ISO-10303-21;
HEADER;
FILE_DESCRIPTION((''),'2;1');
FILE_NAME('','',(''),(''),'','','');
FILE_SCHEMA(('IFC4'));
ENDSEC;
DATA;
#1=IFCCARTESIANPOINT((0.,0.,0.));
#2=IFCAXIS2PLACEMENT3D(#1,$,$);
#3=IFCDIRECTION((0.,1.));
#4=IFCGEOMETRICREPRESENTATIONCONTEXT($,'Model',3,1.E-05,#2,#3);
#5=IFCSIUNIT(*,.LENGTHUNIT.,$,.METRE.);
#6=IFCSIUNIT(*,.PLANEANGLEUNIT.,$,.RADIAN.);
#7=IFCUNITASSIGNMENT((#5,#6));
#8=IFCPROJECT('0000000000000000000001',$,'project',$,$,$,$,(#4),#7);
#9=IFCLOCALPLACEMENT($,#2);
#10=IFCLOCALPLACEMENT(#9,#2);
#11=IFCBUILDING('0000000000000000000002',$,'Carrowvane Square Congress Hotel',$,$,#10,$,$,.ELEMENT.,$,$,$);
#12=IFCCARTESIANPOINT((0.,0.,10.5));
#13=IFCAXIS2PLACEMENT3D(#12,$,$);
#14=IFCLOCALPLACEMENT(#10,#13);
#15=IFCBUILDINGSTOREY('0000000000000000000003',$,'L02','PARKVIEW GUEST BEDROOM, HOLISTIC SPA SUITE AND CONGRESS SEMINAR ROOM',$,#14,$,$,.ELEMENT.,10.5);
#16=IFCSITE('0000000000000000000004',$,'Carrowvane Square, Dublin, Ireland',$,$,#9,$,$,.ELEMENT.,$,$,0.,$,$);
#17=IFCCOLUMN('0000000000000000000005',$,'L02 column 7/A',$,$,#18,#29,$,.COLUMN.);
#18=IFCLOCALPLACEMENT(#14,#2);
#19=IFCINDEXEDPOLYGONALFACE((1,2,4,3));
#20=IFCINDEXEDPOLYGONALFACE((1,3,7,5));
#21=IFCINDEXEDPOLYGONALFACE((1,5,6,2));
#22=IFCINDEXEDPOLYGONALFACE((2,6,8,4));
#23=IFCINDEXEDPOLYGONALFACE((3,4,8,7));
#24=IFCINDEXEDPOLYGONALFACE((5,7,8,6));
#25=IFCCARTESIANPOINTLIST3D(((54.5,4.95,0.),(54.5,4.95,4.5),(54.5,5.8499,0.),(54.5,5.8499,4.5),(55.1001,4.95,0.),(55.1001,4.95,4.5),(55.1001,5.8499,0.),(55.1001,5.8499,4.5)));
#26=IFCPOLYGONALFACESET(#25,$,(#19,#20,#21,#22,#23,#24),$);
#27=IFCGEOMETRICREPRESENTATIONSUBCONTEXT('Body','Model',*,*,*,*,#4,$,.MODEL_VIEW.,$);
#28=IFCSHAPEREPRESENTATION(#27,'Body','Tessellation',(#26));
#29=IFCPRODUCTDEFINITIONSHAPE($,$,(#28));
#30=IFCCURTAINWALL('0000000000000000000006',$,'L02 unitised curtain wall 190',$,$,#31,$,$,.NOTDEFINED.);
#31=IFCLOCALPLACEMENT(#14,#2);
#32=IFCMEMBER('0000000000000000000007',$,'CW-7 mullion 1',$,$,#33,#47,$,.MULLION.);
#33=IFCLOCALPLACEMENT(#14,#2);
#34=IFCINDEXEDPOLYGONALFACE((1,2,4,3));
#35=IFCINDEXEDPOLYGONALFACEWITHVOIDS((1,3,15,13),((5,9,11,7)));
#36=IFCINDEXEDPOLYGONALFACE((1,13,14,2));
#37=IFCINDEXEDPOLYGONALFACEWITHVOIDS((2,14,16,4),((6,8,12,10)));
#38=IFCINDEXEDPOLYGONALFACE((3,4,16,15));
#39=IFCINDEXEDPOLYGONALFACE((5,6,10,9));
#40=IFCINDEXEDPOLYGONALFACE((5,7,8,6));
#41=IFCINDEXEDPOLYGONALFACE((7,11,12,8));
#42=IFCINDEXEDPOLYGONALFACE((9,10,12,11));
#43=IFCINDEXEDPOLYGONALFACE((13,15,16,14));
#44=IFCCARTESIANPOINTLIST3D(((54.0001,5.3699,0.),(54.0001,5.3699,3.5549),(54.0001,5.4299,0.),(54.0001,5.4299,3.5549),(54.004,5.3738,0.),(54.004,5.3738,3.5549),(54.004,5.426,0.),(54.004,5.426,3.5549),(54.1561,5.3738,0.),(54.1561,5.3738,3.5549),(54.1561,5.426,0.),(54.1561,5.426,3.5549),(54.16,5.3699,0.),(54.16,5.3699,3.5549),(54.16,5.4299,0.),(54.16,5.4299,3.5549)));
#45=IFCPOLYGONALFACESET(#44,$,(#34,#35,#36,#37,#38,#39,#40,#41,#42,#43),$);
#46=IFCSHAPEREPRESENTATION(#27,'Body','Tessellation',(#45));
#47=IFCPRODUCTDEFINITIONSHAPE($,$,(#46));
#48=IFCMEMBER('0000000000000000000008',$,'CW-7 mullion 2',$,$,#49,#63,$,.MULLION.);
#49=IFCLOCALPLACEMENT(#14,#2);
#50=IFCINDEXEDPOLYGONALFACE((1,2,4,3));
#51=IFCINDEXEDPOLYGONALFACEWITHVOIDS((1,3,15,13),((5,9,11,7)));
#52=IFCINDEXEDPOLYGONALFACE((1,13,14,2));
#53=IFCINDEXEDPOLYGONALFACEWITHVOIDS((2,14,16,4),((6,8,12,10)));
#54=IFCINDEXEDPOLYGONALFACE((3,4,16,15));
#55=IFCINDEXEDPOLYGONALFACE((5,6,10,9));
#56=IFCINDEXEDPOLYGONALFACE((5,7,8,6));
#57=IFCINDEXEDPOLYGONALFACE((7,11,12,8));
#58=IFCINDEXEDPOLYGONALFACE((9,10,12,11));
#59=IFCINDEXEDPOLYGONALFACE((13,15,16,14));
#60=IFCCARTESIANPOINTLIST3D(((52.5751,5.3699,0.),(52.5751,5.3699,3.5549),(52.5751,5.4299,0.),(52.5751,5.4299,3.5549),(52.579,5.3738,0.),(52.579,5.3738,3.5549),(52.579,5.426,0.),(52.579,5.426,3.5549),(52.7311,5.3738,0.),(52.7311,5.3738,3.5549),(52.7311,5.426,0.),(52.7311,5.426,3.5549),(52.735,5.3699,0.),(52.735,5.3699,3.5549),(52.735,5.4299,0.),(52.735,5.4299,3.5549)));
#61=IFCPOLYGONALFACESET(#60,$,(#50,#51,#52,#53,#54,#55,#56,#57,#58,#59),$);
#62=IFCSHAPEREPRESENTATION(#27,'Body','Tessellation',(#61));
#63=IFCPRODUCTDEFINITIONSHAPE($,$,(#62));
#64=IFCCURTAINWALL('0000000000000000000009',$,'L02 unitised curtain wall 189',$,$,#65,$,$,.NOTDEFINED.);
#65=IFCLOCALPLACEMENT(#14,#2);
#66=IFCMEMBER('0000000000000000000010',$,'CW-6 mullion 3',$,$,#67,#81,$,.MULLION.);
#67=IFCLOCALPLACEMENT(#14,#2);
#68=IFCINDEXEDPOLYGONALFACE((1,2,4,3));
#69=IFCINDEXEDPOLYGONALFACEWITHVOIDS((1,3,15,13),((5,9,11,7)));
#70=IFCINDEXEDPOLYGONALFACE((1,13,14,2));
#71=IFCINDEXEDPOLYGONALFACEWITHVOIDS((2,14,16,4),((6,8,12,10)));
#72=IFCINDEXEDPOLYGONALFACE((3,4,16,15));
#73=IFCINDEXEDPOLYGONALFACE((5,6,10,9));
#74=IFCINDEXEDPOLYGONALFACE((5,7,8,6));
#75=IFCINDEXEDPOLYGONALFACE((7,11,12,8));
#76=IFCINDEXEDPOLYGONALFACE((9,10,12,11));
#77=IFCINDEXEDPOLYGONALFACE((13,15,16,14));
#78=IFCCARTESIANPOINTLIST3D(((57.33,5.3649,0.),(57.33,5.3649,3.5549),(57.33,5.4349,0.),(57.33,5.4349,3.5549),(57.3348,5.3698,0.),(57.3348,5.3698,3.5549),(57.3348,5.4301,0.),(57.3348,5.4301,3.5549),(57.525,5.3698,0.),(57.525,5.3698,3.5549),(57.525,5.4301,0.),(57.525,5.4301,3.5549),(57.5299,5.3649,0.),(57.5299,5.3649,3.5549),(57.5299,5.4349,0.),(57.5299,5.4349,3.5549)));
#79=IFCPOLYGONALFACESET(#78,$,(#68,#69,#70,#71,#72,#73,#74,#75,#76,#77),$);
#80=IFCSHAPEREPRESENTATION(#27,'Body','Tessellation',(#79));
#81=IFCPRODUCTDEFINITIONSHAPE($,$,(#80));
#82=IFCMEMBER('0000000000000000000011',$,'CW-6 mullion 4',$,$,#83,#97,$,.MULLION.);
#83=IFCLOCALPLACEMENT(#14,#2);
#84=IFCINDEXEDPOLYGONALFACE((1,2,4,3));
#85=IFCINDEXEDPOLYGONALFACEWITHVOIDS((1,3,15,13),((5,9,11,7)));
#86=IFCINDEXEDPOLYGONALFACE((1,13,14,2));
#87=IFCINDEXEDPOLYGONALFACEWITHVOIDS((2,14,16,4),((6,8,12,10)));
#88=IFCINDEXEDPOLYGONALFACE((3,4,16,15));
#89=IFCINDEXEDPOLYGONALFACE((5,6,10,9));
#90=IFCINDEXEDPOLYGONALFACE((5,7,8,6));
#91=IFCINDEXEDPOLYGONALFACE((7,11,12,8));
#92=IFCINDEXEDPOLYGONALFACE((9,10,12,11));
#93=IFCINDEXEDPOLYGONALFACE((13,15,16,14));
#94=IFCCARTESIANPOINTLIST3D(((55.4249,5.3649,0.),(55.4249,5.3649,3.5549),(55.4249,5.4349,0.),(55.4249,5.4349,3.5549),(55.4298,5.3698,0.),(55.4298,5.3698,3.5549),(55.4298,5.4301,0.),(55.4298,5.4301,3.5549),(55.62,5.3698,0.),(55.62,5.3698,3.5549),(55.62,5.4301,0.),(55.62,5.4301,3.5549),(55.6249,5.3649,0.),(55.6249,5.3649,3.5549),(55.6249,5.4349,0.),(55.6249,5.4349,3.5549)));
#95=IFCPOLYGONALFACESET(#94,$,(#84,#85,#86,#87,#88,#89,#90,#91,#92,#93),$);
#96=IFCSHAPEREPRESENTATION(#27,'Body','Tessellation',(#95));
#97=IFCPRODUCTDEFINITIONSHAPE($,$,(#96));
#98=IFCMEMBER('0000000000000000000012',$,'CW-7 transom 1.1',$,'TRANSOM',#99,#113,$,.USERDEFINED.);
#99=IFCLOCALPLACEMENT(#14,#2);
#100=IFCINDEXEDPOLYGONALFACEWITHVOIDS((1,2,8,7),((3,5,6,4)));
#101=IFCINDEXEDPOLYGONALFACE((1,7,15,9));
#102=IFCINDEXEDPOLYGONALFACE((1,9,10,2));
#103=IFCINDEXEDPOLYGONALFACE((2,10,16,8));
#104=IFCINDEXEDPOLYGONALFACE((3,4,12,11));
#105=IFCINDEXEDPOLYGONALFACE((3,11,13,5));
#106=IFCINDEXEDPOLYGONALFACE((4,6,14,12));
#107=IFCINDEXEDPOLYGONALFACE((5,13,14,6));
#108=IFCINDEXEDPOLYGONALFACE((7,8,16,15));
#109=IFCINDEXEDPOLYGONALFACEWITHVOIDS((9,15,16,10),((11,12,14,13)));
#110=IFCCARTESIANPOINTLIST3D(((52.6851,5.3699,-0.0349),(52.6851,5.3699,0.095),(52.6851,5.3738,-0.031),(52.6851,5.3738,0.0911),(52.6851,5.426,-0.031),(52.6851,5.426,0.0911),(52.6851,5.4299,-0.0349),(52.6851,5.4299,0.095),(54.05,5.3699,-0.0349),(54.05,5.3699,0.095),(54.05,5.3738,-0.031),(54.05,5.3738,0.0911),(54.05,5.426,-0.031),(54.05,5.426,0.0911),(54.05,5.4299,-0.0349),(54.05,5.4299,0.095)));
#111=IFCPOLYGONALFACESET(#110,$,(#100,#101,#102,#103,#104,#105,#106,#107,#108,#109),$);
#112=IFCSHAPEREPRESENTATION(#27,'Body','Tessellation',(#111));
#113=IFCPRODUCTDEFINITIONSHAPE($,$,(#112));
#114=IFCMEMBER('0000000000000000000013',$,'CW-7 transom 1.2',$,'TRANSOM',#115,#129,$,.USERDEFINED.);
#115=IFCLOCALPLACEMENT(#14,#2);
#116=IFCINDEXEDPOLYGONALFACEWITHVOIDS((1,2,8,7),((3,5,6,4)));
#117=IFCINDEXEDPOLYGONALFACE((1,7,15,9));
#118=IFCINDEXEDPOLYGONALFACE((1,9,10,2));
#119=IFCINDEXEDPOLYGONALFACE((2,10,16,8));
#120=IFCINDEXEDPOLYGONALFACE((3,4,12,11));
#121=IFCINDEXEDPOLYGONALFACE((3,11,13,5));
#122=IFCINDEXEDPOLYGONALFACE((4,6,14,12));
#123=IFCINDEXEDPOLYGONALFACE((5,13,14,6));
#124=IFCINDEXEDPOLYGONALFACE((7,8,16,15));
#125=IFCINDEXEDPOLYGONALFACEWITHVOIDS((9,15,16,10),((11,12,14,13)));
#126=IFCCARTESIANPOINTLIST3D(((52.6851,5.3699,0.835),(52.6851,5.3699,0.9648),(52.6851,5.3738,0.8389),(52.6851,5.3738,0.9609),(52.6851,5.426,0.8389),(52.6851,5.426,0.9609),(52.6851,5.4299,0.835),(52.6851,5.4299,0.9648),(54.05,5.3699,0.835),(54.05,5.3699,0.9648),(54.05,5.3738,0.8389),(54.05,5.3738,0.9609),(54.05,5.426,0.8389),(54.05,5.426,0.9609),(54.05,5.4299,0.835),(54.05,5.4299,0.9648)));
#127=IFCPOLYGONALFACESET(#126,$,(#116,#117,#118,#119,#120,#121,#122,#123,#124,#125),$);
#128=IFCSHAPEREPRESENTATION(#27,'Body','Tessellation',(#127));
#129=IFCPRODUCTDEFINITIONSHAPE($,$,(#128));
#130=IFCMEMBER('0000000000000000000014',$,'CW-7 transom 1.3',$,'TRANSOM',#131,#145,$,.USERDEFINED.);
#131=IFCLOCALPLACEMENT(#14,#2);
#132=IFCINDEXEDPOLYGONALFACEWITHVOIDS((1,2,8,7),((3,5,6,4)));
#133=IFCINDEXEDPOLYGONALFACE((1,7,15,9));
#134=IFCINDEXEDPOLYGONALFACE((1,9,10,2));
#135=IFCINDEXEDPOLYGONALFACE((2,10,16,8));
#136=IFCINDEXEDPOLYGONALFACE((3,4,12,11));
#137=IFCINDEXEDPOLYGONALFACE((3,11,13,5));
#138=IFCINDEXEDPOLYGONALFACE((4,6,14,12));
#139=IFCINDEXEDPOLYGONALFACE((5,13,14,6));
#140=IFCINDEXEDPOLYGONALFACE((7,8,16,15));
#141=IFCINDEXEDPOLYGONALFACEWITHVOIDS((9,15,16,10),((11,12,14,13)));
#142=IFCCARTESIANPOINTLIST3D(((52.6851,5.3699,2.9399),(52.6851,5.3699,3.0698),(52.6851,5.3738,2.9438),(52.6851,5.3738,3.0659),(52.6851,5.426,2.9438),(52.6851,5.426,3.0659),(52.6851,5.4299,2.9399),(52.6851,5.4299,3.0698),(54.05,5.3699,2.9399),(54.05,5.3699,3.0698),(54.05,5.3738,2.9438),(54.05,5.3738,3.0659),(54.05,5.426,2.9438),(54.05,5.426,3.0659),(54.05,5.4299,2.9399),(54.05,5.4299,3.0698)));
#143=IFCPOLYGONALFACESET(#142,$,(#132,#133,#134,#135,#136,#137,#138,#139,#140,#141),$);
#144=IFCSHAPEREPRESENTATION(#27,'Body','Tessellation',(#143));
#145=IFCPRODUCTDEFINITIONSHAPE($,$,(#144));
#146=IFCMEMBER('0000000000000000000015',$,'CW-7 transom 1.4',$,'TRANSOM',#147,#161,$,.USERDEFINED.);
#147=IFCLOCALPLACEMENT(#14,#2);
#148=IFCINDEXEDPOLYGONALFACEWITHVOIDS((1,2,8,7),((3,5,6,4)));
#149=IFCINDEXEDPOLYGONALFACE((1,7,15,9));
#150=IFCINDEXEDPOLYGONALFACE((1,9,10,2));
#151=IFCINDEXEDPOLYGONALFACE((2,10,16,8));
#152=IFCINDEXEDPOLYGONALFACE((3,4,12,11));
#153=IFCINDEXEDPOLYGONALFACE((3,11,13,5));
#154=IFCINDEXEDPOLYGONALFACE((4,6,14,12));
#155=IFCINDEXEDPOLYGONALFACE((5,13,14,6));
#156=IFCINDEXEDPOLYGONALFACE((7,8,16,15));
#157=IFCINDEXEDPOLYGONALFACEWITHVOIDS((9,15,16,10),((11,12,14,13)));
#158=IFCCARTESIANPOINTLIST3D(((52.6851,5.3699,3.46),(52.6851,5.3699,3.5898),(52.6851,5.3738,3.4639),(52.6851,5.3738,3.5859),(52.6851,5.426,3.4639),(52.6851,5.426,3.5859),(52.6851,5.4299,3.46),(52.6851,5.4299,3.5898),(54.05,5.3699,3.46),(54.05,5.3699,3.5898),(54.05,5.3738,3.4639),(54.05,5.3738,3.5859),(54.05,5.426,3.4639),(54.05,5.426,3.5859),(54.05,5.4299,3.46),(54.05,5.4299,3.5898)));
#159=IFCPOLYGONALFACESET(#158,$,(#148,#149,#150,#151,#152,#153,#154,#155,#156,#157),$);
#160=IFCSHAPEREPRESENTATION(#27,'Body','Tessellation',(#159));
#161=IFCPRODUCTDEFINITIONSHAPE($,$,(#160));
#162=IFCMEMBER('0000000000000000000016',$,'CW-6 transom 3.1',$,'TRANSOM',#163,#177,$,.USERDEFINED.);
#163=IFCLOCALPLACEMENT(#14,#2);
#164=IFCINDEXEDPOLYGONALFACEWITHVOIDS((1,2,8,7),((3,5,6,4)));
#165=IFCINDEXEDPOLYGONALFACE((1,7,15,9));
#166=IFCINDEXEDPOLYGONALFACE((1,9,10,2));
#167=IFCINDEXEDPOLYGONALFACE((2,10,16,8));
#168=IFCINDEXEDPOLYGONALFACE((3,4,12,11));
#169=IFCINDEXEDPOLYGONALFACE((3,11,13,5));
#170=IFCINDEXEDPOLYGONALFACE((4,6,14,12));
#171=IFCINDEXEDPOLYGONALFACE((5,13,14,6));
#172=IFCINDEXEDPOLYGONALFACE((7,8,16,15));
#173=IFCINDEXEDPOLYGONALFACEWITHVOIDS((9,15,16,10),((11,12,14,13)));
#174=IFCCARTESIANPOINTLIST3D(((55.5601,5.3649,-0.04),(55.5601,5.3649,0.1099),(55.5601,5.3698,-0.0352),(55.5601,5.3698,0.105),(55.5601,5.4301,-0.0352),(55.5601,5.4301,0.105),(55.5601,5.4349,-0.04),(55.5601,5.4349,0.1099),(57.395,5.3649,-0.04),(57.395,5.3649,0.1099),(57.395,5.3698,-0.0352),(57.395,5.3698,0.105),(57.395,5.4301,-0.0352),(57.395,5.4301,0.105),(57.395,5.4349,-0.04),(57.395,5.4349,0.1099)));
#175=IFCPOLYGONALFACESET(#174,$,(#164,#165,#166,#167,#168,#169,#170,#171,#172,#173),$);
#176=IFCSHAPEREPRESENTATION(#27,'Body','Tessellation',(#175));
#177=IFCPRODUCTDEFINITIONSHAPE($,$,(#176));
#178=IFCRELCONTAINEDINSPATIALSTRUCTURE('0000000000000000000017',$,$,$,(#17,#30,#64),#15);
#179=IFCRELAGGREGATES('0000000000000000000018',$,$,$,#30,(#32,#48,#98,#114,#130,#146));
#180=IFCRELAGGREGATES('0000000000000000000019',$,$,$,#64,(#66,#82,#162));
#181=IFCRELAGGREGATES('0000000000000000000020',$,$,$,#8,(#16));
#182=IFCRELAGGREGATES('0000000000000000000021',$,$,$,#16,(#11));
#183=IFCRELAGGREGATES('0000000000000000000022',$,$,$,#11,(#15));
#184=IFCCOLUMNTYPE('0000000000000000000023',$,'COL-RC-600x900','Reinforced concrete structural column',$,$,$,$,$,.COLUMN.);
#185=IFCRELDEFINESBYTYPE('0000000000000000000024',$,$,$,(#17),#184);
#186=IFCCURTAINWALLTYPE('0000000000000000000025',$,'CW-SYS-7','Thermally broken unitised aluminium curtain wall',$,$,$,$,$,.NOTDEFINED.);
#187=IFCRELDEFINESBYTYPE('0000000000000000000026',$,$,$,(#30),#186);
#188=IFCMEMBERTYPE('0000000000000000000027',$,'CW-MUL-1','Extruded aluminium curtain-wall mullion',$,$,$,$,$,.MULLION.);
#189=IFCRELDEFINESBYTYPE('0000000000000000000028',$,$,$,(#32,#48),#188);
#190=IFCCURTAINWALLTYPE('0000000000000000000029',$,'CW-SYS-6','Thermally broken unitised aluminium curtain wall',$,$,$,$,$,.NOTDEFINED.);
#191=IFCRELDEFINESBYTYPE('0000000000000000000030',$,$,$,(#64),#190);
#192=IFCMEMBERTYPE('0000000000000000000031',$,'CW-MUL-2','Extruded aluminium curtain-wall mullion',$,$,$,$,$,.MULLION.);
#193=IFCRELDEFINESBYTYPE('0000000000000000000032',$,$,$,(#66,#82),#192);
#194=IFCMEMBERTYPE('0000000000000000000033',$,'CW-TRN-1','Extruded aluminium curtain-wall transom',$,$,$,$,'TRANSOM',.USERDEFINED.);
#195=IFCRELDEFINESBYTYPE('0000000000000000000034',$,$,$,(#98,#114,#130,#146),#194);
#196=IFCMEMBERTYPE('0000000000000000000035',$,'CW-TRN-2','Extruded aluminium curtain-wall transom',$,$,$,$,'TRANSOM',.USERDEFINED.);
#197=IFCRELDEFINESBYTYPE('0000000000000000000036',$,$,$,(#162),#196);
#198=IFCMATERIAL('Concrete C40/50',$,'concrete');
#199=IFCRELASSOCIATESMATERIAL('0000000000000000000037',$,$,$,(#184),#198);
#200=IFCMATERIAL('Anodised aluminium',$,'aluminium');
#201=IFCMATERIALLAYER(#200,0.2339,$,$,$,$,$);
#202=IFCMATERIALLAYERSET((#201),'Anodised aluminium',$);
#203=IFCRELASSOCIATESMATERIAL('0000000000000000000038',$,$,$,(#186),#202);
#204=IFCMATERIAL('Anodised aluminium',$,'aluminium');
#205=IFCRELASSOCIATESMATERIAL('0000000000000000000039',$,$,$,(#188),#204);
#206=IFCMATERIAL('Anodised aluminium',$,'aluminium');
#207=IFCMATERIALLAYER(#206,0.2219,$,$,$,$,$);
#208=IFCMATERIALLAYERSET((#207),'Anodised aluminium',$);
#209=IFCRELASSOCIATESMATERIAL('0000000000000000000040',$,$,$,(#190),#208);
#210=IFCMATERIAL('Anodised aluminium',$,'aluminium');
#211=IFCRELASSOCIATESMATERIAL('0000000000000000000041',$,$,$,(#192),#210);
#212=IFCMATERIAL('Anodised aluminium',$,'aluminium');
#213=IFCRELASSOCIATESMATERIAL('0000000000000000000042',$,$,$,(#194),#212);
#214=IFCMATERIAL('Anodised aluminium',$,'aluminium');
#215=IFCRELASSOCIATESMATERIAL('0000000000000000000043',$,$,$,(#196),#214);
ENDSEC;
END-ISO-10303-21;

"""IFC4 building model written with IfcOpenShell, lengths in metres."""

from ifc_helpers import new_model, si_unit, direction, frame, origin, origin_2d, place, context, subcontext, project, spatial, rectangle, hollow_rectangle, extrude, material, layer, layer_set, material_profile, profile_set, type_object, element, aggregate, save


model = new_model("IFC4")

# Units and contexts
model_context = context("Model", 3, precision=1e-05, world=origin(), true_north=direction((0.0, 1.0)))
body_context = subcontext(model_context, "Body", "Model", "MODEL_VIEW")
ifc_project = project(units=[si_unit("LENGTHUNIT", "METRE"), si_unit("PLANEANGLEUNIT", "RADIAN")], contexts=[model_context])

# Site, building, storey
site_placement = place(None, origin())
site = spatial("IfcSite", under=ifc_project, at=site_placement, Name="Carrowvane Square, Dublin, Ireland", CompositionType="ELEMENT", RefElevation=0.0)
building_placement = place(site_placement, origin())
building = spatial("IfcBuilding", under=site, at=building_placement, Name="Carrowvane Square Congress Hotel", CompositionType="ELEMENT")
storey_placement = place(building_placement, frame((0.0, 0.0, 10.5)))
storey = spatial("IfcBuildingStorey", under=building, at=storey_placement, Name="L02", Description="PARKVIEW GUEST BEDROOM, HOLISTIC SPA SUITE AND CONGRESS SEMINAR ROOM", CompositionType="ELEMENT", Elevation=10.5)

# Column
ifc_material_1 = material(Name="Concrete C40/50", Category="concrete")
ifc_material_profile_1 = material_profile(ifc_material_1, rectangle(XDim=0.6001, YDim=0.8999, at=origin_2d()), Name="RC 600x900")
ifc_profile_set_1 = profile_set([ifc_material_profile_1], Name="Concrete C40/50")
column_type = type_object("IfcColumnType", Name="COL-RC-600x900", Description="Reinforced concrete structural column", PredefinedType="COLUMN", material=ifc_profile_set_1)
column_placement = place(storey_placement, frame((54.8, 5.3999, 0.0), z_axis=(0.0, 0.0, 1.0), x_axis=(1.0, 0.0, 0.0)))
element("IfcColumn", 1, at=column_placement, inside=storey, type_object=column_type, Name="L02 column 7/A", PredefinedType="COLUMN", context=body_context, shape_type="SweptSolid", body=[
    extrude(rectangle(XDim=0.6001, YDim=0.8999, at=origin_2d()), origin(), (0.0, 0.0, 1.0), 4.5),
])

# Curtain walls, members
ifc_material_2 = material(Name="Anodised aluminium", Category="aluminium")
ifc_layer_1 = layer(ifc_material_2, 0.2339)
ifc_layer_set_1 = layer_set([ifc_layer_1], Name="Anodised aluminium")
curtain_wall_type_1 = type_object("IfcCurtainWallType", Name="CW-SYS-7", Description="Thermally broken unitised aluminium curtain wall", PredefinedType="NOTDEFINED", material=ifc_layer_set_1)
curtain_wall_1_placement = place(storey_placement, origin())
curtain_wall_1 = element("IfcCurtainWall", 2, at=curtain_wall_1_placement, inside=storey, type_object=curtain_wall_type_1, Name="L02 unitised curtain wall 190", PredefinedType="NOTDEFINED")
ifc_material_3 = material(Name="Anodised aluminium", Category="aluminium")
ifc_material_profile_2 = material_profile(ifc_material_3, hollow_rectangle(XDim=0.0601, YDim=0.1599, WallThickness=0.0039, at=origin_2d()), Name="CW-ML 60x160x4")
ifc_profile_set_2 = profile_set([ifc_material_profile_2], Name="Anodised aluminium")
member_type_1 = type_object("IfcMemberType", Name="CW-MUL-1", Description="Extruded aluminium curtain-wall mullion", PredefinedType="MULLION", material=ifc_profile_set_2)
member_1_placement = place(storey_placement, frame((54.0801, 5.3999, 0.0), z_axis=(0.0, 0.0, 1.0), x_axis=(0.0, -1.0, 0.0)))
member_1 = element("IfcMember", 3, at=member_1_placement, type_object=member_type_1, Name="CW-7 mullion 1", PredefinedType="MULLION", context=body_context, shape_type="SweptSolid", body=[
    extrude(hollow_rectangle(XDim=0.0601, YDim=0.1599, WallThickness=0.0039, at=origin_2d()), origin(), (0.0, 0.0, 1.0), 3.5549),
])
member_2_placement = place(storey_placement, frame((52.655, 5.3999, 0.0), z_axis=(0.0, 0.0, 1.0), x_axis=(0.0, -1.0, 0.0)))
member_2 = element("IfcMember", 4, at=member_2_placement, type_object=member_type_1, Name="CW-7 mullion 2", PredefinedType="MULLION", context=body_context, shape_type="SweptSolid", body=[
    extrude(hollow_rectangle(XDim=0.0601, YDim=0.1599, WallThickness=0.0039, at=origin_2d()), origin(), (0.0, 0.0, 1.0), 3.5549),
])
ifc_material_4 = material(Name="Anodised aluminium", Category="aluminium")
ifc_layer_2 = layer(ifc_material_4, 0.2219)
ifc_layer_set_2 = layer_set([ifc_layer_2], Name="Anodised aluminium")
curtain_wall_type_2 = type_object("IfcCurtainWallType", Name="CW-SYS-6", Description="Thermally broken unitised aluminium curtain wall", PredefinedType="NOTDEFINED", material=ifc_layer_set_2)
curtain_wall_2_placement = place(storey_placement, origin())
curtain_wall_2 = element("IfcCurtainWall", 5, at=curtain_wall_2_placement, inside=storey, type_object=curtain_wall_type_2, Name="L02 unitised curtain wall 189", PredefinedType="NOTDEFINED")
ifc_material_5 = material(Name="Anodised aluminium", Category="aluminium")
ifc_material_profile_3 = material_profile(ifc_material_5, hollow_rectangle(XDim=0.0701, YDim=0.2, WallThickness=0.0049, at=origin_2d()), Name="CW-ML 70x200x5")
ifc_profile_set_3 = profile_set([ifc_material_profile_3], Name="Anodised aluminium")
member_type_2 = type_object("IfcMemberType", Name="CW-MUL-2", Description="Extruded aluminium curtain-wall mullion", PredefinedType="MULLION", material=ifc_profile_set_3)
member_3_placement = place(storey_placement, frame((57.4299, 5.3999, 0.0), z_axis=(0.0, 0.0, 1.0), x_axis=(0.0, -1.0, 0.0)))
member_3 = element("IfcMember", 6, at=member_3_placement, type_object=member_type_2, Name="CW-6 mullion 3", PredefinedType="MULLION", context=body_context, shape_type="SweptSolid", body=[
    extrude(hollow_rectangle(XDim=0.0701, YDim=0.2, WallThickness=0.0049, at=origin_2d()), origin(), (0.0, 0.0, 1.0), 3.5549),
])
member_4_placement = place(storey_placement, frame((55.5249, 5.3999, 0.0), z_axis=(0.0, 0.0, 1.0), x_axis=(0.0, -1.0, 0.0)))
member_4 = element("IfcMember", 7, at=member_4_placement, type_object=member_type_2, Name="CW-6 mullion 4", PredefinedType="MULLION", context=body_context, shape_type="SweptSolid", body=[
    extrude(hollow_rectangle(XDim=0.0701, YDim=0.2, WallThickness=0.0049, at=origin_2d()), origin(), (0.0, 0.0, 1.0), 3.5549),
])

# Members
ifc_material_6 = material(Name="Anodised aluminium", Category="aluminium")
ifc_material_profile_4 = material_profile(ifc_material_6, hollow_rectangle(XDim=0.0601, YDim=0.1299, WallThickness=0.0039, at=origin_2d()), Name="CW-TR 60x130x4")
ifc_profile_set_4 = profile_set([ifc_material_profile_4], Name="Anodised aluminium")
member_type_3 = type_object("IfcMemberType", Name="CW-TRN-1", Description="Extruded aluminium curtain-wall transom", ElementType="TRANSOM", PredefinedType="USERDEFINED", material=ifc_profile_set_4)
member_5_placement = place(storey_placement, frame((54.05, 5.3999, 0.03), z_axis=(-1.0, 0.0, 0.0), x_axis=(0.0, -1.0, 0.0)))
member_5 = element("IfcMember", 8, at=member_5_placement, type_object=member_type_3, Name="CW-7 transom 1.1", ObjectType="TRANSOM", PredefinedType="USERDEFINED", context=body_context, shape_type="SweptSolid", body=[
    extrude(hollow_rectangle(XDim=0.0601, YDim=0.1299, WallThickness=0.0039, at=origin_2d()), origin(), (0.0, 0.0, 1.0), 1.365),
])
member_6_placement = place(storey_placement, frame((54.05, 5.3999, 0.8999), z_axis=(-1.0, 0.0, 0.0), x_axis=(0.0, -1.0, 0.0)))
member_6 = element("IfcMember", 9, at=member_6_placement, type_object=member_type_3, Name="CW-7 transom 1.2", ObjectType="TRANSOM", PredefinedType="USERDEFINED", context=body_context, shape_type="SweptSolid", body=[
    extrude(hollow_rectangle(XDim=0.0601, YDim=0.1299, WallThickness=0.0039, at=origin_2d()), origin(), (0.0, 0.0, 1.0), 1.365),
])
member_7_placement = place(storey_placement, frame((54.05, 5.3999, 3.0049), z_axis=(-1.0, 0.0, 0.0), x_axis=(0.0, -1.0, 0.0)))
member_7 = element("IfcMember", 10, at=member_7_placement, type_object=member_type_3, Name="CW-7 transom 1.3", ObjectType="TRANSOM", PredefinedType="USERDEFINED", context=body_context, shape_type="SweptSolid", body=[
    extrude(hollow_rectangle(XDim=0.0601, YDim=0.1299, WallThickness=0.0039, at=origin_2d()), origin(), (0.0, 0.0, 1.0), 1.365),
])
member_8_placement = place(storey_placement, frame((54.05, 5.3999, 3.5249), z_axis=(-1.0, 0.0, 0.0), x_axis=(0.0, -1.0, 0.0)))
member_8 = element("IfcMember", 11, at=member_8_placement, type_object=member_type_3, Name="CW-7 transom 1.4", ObjectType="TRANSOM", PredefinedType="USERDEFINED", context=body_context, shape_type="SweptSolid", body=[
    extrude(hollow_rectangle(XDim=0.0601, YDim=0.1299, WallThickness=0.0039, at=origin_2d()), origin(), (0.0, 0.0, 1.0), 1.365),
])
ifc_material_7 = material(Name="Anodised aluminium", Category="aluminium")
ifc_material_profile_5 = material_profile(ifc_material_7, hollow_rectangle(XDim=0.0701, YDim=0.1499, WallThickness=0.0049, at=origin_2d()), Name="CW-TR 70x150x5")
ifc_profile_set_5 = profile_set([ifc_material_profile_5], Name="Anodised aluminium")
member_type_4 = type_object("IfcMemberType", Name="CW-TRN-2", Description="Extruded aluminium curtain-wall transom", ElementType="TRANSOM", PredefinedType="USERDEFINED", material=ifc_profile_set_5)
member_9_placement = place(storey_placement, frame((57.395, 5.3999, 0.0349), z_axis=(-1.0, 0.0, 0.0), x_axis=(0.0, -1.0, 0.0)))
member_9 = element("IfcMember", 12, at=member_9_placement, type_object=member_type_4, Name="CW-6 transom 3.1", ObjectType="TRANSOM", PredefinedType="USERDEFINED", context=body_context, shape_type="SweptSolid", body=[
    extrude(hollow_rectangle(XDim=0.0701, YDim=0.1499, WallThickness=0.0049, at=origin_2d()), origin(), (0.0, 0.0, 1.0), 1.835),
])

aggregate(curtain_wall_1, [member_1, member_2, member_5, member_6, member_7, member_8])
aggregate(curtain_wall_2, [member_3, member_4, member_9])

save(model, "model.ifc")
